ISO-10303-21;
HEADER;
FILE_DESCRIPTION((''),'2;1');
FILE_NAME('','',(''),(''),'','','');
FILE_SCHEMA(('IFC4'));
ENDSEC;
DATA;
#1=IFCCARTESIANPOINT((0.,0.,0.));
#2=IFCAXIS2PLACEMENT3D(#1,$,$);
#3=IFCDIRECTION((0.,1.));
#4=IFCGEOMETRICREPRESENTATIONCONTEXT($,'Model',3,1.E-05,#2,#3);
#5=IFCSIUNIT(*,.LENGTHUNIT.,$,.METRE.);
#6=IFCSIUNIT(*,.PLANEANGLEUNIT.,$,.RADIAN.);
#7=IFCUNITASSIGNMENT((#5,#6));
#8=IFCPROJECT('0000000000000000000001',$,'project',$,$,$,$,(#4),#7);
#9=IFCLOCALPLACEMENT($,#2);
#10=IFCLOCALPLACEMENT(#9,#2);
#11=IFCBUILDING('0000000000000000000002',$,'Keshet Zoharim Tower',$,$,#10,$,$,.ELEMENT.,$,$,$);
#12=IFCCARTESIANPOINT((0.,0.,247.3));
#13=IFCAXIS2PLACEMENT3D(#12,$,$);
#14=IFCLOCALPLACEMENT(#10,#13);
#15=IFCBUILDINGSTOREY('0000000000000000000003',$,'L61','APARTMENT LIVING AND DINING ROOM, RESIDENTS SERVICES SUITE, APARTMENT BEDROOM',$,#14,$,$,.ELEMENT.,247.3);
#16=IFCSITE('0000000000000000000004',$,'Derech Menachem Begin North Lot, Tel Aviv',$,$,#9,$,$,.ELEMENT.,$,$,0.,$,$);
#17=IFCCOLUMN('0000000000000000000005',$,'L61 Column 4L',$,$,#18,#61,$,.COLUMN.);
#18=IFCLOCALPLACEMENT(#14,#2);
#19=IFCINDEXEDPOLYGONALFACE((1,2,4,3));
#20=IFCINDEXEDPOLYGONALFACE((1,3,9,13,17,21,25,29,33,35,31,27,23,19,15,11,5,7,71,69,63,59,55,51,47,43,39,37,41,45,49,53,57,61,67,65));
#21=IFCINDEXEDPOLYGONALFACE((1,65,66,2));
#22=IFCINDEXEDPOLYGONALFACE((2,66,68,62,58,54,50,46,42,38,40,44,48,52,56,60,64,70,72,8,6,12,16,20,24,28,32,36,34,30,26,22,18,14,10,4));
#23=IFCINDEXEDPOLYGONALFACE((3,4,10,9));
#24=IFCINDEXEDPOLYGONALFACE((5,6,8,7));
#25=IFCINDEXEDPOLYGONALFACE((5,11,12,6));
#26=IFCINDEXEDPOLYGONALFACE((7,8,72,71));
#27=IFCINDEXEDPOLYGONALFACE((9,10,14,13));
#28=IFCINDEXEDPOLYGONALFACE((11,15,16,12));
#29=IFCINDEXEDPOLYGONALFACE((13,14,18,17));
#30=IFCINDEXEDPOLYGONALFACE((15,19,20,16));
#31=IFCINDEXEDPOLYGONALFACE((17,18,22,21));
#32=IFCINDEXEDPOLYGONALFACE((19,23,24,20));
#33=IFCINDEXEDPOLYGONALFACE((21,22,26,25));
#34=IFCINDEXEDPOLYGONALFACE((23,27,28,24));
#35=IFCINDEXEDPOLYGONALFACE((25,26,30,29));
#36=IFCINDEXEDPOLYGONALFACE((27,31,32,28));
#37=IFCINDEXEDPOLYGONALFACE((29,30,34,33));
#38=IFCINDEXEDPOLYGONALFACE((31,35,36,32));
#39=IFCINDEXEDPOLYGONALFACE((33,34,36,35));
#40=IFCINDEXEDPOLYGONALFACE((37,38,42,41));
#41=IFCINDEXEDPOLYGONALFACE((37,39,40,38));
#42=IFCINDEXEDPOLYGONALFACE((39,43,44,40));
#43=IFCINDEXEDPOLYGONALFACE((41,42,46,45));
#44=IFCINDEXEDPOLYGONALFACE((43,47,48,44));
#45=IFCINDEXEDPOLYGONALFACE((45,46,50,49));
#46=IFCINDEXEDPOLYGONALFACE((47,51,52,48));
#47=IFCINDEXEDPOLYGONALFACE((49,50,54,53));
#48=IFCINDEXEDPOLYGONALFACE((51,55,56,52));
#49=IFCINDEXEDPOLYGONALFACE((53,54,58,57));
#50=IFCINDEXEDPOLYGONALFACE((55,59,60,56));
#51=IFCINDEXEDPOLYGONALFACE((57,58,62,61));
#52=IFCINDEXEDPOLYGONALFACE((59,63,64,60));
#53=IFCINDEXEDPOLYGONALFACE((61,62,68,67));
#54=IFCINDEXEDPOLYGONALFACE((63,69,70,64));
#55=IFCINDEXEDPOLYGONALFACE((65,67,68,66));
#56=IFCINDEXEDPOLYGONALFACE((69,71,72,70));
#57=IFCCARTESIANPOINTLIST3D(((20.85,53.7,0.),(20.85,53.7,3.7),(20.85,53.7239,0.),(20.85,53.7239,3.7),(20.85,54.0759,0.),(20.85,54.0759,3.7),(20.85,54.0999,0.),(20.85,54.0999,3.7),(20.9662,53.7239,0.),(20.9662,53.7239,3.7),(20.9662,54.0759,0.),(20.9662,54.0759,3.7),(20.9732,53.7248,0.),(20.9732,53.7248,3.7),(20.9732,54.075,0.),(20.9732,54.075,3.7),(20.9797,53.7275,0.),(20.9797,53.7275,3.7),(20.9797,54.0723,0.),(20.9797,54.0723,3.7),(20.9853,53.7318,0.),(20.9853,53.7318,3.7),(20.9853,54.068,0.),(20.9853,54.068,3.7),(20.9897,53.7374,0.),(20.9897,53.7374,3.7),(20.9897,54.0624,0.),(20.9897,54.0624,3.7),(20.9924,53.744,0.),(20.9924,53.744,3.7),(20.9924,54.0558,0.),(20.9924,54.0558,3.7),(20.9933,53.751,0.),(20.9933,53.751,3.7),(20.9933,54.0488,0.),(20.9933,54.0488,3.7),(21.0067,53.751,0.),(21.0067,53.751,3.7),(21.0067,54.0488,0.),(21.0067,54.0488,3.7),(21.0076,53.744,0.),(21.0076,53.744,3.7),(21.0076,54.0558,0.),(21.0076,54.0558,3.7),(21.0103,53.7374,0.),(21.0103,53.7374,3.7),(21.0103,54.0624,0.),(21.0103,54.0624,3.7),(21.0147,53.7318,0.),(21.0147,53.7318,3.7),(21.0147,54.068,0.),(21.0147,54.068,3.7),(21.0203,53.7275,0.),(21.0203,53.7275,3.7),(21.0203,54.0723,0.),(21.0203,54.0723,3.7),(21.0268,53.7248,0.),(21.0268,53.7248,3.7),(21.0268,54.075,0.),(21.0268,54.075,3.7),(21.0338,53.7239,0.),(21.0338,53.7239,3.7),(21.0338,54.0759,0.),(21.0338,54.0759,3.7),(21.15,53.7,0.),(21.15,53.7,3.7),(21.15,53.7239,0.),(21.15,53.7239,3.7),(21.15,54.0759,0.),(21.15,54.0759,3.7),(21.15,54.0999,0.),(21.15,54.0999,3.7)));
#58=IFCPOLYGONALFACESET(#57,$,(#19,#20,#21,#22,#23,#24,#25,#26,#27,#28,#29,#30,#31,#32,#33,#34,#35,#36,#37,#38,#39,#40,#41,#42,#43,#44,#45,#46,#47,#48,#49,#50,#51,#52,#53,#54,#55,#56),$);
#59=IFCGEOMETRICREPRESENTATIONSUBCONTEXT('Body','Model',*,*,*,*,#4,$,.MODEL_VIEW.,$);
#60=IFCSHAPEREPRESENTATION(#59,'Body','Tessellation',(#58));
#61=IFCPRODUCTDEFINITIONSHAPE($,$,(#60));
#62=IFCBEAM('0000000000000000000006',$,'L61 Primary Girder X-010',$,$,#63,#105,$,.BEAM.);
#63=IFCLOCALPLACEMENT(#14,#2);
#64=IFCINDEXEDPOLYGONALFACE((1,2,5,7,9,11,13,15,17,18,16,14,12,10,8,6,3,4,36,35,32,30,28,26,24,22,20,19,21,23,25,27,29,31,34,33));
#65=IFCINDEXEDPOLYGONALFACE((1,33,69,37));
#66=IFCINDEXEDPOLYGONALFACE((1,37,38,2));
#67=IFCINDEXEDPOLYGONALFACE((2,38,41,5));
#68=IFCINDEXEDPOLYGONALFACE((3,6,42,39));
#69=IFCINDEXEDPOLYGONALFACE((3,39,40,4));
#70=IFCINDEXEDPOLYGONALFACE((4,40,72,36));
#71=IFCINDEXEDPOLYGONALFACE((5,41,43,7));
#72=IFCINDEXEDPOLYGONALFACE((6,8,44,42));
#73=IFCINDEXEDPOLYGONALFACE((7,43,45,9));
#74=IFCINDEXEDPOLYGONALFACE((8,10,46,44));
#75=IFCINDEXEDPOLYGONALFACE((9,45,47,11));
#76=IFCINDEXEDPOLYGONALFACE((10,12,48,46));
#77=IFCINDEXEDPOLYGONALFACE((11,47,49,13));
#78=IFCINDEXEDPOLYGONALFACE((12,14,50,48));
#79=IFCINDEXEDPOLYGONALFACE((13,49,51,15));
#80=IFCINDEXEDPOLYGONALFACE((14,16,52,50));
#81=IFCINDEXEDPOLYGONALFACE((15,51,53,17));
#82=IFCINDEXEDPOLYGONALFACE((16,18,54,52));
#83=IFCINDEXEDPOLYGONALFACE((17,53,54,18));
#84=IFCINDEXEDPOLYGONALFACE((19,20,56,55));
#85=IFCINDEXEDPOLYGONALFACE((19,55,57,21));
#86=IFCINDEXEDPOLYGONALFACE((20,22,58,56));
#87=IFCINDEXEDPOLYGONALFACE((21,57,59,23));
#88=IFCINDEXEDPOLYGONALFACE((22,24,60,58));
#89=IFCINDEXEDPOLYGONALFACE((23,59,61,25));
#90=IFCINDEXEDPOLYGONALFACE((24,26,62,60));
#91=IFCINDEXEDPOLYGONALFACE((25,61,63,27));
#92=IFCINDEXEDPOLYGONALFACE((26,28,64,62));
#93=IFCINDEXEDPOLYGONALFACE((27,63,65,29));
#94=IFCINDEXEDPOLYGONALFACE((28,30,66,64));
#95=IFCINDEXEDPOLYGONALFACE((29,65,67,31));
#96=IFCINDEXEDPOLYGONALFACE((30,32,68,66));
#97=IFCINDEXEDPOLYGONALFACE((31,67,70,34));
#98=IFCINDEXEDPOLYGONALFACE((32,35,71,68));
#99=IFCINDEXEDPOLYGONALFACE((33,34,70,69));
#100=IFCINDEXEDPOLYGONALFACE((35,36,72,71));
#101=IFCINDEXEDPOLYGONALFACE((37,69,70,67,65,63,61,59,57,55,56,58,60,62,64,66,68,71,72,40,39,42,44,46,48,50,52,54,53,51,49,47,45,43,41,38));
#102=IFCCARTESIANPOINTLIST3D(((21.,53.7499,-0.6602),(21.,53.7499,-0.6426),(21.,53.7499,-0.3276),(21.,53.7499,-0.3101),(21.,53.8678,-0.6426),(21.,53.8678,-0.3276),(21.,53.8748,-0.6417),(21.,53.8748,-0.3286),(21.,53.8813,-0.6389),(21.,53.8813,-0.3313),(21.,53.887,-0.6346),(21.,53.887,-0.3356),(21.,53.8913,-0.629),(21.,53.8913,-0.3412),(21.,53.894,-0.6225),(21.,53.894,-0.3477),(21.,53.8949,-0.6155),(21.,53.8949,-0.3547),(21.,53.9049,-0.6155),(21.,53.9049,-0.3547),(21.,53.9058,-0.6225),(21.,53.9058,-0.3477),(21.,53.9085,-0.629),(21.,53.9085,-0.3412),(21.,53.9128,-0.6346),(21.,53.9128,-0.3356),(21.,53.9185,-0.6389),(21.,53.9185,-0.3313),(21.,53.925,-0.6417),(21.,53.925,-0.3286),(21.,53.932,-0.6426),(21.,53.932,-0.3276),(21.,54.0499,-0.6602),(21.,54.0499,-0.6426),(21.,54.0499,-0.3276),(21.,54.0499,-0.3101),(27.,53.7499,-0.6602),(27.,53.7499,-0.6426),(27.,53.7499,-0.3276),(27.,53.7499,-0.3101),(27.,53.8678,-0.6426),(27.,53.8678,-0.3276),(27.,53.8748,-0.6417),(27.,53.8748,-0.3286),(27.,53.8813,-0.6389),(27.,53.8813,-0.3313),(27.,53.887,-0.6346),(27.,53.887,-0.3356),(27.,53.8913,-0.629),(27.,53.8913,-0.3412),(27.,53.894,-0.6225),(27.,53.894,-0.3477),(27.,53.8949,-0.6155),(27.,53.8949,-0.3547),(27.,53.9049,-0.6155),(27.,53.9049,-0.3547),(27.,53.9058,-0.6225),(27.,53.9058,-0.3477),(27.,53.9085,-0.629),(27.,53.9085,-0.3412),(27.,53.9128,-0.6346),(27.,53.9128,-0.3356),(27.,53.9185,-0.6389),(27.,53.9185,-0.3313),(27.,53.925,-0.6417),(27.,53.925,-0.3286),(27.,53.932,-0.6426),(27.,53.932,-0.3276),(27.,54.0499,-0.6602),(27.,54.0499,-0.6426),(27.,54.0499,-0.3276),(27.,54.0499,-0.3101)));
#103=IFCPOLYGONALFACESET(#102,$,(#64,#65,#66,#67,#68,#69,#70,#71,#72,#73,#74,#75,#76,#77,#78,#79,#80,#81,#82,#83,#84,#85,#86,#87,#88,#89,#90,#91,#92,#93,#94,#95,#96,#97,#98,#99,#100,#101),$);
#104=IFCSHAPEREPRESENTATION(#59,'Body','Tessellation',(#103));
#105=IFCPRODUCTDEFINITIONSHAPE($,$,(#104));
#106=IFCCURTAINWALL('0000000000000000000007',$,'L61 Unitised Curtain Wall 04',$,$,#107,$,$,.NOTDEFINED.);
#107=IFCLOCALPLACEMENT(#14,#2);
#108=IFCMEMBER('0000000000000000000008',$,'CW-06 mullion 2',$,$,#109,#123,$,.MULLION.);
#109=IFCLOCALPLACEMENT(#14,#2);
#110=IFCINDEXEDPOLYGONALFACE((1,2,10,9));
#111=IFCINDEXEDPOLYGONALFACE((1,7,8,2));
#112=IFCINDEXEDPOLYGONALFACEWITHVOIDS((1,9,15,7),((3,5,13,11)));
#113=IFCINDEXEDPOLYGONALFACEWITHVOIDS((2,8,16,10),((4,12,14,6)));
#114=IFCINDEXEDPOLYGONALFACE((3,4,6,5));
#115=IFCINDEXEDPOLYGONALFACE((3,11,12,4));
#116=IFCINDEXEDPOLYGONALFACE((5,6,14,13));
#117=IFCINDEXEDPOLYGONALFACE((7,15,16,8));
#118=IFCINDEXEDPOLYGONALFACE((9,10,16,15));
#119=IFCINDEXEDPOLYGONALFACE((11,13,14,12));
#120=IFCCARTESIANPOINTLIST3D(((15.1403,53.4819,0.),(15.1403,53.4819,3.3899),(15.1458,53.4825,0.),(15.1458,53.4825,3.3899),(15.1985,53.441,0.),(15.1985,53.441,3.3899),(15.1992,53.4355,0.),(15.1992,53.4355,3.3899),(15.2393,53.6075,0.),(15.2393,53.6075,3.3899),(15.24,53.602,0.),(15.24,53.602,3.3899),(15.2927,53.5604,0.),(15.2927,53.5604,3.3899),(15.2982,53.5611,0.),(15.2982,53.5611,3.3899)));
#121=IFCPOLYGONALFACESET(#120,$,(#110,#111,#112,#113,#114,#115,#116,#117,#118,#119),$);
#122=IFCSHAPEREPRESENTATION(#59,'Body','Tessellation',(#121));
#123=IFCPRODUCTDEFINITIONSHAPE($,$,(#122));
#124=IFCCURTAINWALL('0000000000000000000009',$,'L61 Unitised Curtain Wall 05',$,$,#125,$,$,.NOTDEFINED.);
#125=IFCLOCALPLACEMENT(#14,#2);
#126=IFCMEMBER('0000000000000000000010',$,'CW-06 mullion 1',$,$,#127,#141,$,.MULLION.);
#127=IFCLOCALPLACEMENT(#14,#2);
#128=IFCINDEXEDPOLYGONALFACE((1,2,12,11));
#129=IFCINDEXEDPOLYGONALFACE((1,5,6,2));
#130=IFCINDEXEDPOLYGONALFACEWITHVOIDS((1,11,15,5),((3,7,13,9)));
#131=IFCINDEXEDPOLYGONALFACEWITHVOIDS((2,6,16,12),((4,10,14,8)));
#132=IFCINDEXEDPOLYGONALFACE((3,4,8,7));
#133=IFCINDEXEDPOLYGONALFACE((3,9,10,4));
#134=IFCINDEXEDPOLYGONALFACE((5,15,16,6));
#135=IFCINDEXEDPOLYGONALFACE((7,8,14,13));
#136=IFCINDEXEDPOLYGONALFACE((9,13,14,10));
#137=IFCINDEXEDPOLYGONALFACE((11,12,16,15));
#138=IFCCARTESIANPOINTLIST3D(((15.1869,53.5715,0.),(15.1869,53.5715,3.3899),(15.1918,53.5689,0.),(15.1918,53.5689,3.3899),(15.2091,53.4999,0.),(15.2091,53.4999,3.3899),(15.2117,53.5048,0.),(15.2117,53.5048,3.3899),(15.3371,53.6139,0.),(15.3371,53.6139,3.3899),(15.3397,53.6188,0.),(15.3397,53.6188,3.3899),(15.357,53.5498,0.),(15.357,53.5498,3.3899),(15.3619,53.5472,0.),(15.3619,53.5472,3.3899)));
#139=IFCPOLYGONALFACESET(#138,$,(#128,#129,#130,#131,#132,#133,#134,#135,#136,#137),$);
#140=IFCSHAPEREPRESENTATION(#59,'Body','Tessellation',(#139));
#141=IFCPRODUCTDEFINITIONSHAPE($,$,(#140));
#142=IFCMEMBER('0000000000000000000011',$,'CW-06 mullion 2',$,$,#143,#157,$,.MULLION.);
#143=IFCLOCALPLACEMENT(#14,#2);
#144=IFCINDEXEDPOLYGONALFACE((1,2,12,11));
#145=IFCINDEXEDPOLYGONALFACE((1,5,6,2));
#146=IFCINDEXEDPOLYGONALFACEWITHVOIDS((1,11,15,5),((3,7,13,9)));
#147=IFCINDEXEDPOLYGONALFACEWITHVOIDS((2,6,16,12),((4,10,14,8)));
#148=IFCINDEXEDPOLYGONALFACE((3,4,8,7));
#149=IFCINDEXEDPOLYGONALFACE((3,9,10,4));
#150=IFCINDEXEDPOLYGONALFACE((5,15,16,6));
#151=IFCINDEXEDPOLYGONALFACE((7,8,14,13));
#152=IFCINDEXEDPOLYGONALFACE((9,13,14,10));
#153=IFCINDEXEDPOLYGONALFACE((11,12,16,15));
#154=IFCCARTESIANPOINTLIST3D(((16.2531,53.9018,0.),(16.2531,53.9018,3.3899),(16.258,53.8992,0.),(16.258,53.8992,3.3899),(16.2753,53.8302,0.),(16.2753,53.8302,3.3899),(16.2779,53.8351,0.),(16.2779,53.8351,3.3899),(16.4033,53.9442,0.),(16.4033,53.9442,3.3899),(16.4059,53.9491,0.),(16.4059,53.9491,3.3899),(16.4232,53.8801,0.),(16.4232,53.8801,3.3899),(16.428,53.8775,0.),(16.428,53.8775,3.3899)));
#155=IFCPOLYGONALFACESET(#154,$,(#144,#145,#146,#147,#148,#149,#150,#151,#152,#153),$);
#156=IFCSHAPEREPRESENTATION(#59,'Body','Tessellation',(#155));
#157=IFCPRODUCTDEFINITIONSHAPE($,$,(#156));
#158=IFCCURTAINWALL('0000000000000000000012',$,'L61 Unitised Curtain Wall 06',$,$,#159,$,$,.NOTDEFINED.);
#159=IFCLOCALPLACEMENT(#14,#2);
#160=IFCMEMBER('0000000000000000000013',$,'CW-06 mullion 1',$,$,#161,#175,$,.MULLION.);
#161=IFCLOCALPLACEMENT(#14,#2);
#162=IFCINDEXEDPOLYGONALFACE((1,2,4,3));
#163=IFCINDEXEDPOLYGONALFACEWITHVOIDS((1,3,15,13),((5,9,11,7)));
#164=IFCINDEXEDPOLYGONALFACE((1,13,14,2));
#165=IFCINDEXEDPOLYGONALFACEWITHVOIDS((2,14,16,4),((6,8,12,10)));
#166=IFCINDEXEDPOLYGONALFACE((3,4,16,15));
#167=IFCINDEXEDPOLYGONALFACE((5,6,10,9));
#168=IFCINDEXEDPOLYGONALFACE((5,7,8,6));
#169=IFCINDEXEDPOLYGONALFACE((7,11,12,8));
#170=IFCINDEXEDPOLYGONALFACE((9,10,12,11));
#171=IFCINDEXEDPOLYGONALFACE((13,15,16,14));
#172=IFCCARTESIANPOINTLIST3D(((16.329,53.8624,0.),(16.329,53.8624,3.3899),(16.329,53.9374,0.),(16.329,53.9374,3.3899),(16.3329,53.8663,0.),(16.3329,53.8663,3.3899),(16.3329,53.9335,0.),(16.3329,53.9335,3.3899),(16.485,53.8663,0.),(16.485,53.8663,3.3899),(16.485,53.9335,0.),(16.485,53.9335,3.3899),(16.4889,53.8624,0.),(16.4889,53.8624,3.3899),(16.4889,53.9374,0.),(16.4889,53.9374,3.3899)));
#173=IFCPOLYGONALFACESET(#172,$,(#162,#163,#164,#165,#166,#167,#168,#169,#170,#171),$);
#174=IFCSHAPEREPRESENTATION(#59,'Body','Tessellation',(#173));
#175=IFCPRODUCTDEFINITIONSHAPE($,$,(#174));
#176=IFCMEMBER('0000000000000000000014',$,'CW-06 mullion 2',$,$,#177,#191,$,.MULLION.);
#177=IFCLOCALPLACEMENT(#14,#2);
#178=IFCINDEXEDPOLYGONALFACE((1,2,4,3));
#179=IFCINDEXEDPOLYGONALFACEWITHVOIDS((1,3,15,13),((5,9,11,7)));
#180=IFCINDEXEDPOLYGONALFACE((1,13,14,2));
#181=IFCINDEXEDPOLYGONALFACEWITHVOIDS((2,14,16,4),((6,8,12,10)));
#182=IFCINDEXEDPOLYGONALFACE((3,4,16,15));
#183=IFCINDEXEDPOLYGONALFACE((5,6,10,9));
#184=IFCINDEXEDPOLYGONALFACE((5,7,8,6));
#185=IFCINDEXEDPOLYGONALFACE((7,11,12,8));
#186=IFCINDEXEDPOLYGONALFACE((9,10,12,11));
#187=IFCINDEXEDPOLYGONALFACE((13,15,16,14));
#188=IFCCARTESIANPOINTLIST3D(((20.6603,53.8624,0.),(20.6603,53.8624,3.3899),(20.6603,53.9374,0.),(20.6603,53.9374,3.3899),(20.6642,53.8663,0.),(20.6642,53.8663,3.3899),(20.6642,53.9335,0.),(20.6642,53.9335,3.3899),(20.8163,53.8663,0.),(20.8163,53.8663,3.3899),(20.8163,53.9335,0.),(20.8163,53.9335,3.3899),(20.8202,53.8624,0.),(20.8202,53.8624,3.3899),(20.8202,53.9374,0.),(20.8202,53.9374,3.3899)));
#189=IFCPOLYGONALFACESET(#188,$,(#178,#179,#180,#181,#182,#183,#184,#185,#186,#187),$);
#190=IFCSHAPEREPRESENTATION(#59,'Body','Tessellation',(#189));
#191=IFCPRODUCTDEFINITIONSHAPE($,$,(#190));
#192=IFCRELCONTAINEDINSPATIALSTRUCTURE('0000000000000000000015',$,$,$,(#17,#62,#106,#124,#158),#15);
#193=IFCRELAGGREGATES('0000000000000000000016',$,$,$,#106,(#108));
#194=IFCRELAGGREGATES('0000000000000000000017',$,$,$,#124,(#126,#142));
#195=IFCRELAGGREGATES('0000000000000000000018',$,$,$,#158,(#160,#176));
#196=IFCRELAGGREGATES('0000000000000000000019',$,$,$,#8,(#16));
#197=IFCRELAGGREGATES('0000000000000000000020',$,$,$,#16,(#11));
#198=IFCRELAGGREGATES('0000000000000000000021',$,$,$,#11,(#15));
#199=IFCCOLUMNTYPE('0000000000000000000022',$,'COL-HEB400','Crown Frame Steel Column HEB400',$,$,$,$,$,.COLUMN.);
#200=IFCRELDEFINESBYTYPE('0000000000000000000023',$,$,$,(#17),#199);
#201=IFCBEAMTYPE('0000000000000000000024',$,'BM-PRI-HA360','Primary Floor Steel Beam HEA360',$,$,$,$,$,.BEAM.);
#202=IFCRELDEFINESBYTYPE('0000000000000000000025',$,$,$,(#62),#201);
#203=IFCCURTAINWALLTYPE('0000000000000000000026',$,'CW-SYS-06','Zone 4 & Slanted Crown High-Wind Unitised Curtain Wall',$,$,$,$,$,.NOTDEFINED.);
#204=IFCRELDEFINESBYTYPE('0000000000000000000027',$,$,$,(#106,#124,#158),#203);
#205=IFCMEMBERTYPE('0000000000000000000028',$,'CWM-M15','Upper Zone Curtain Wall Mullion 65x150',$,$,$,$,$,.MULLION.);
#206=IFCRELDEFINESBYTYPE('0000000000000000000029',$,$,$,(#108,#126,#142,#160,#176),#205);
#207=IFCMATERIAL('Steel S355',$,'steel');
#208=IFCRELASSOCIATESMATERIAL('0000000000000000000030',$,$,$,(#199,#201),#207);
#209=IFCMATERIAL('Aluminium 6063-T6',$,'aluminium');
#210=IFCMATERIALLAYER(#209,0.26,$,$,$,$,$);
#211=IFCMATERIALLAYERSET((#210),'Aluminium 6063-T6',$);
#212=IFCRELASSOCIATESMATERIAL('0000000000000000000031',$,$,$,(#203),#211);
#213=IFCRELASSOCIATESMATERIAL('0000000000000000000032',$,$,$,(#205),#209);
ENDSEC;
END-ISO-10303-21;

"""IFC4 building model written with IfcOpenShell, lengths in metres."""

from ifc_helpers import new_model, si_unit, direction, frame, origin, origin_2d, place, context, subcontext, project, spatial, hollow_rectangle, i_section, extrude, material, layer, layer_set, material_profile, profile_set, type_object, element, aggregate, save


model = new_model("IFC4")

# Units and contexts
model_context = context("Model", 3, precision=1e-05, world=origin(), true_north=direction((0.0, 1.0)))
body_context = subcontext(model_context, "Body", "Model", "MODEL_VIEW")
ifc_project = project(units=[si_unit("LENGTHUNIT", "METRE"), si_unit("PLANEANGLEUNIT", "RADIAN")], contexts=[model_context])

# Site, building, storey
site_placement = place(None, origin())
site = spatial("IfcSite", under=ifc_project, at=site_placement, Name="Derech Menachem Begin North Lot, Tel Aviv", CompositionType="ELEMENT", RefElevation=0.0)
building_placement = place(site_placement, origin())
building = spatial("IfcBuilding", under=site, at=building_placement, Name="Keshet Zoharim Tower", CompositionType="ELEMENT")
storey_placement = place(building_placement, frame((0.0, 0.0, 247.3)))
storey = spatial("IfcBuildingStorey", under=building, at=storey_placement, Name="L61", Description="APARTMENT LIVING AND DINING ROOM, RESIDENTS SERVICES SUITE, APARTMENT BEDROOM", CompositionType="ELEMENT", Elevation=247.3)

# Column
ifc_material_1 = material(Name="Steel S355", Category="steel")
ifc_material_profile_1 = material_profile(ifc_material_1, i_section(OverallWidth=0.3, OverallDepth=0.3999, WebThickness=0.0134, FlangeThickness=0.0239, FilletRadius=0.0271, at=origin_2d()), Name="HEB400")
ifc_profile_set_1 = profile_set([ifc_material_profile_1], Name="Steel S355")
column_type = type_object("IfcColumnType", Name="COL-HEB400", Description="Crown Frame Steel Column HEB400", PredefinedType="COLUMN", material=ifc_profile_set_1)
column_placement = place(storey_placement, frame((21.0, 53.8999, 0.0), z_axis=(0.0, 0.0, 1.0), x_axis=(1.0, 0.0, 0.0)))
element("IfcColumn", 1, at=column_placement, inside=storey, type_object=column_type, Name="L61 Column 4L", PredefinedType="COLUMN", context=body_context, shape_type="SweptSolid", body=[
    extrude(i_section(OverallWidth=0.3, OverallDepth=0.3999, WebThickness=0.0134, FlangeThickness=0.0239, FilletRadius=0.0271, at=origin_2d()), origin(), (0.0, 0.0, 1.0), 3.7),
])

# Beam
ifc_material_profile_2 = material_profile(ifc_material_1, i_section(OverallWidth=0.3, OverallDepth=0.3501, WebThickness=0.01, FlangeThickness=0.0176, FilletRadius=0.0271, at=origin_2d()), Name="HEA360")
ifc_profile_set_2 = profile_set([ifc_material_profile_2], Name="Steel S355")
beam_type = type_object("IfcBeamType", Name="BM-PRI-HA360", Description="Primary Floor Steel Beam HEA360", PredefinedType="BEAM", material=ifc_profile_set_2)
beam_placement = place(storey_placement, frame((21.0, 53.8999, -0.4851), z_axis=(1.0, 0.0, 0.0), x_axis=(0.0, 1.0, 0.0)))
element("IfcBeam", 2, at=beam_placement, inside=storey, type_object=beam_type, Name="L61 Primary Girder X-010", PredefinedType="BEAM", context=body_context, shape_type="SweptSolid", body=[
    extrude(i_section(OverallWidth=0.3, OverallDepth=0.3501, WebThickness=0.01, FlangeThickness=0.0176, FilletRadius=0.0271, at=origin_2d()), origin(), (0.0, 0.0, 1.0), 6.0),
])

# Curtain wall, member
ifc_material_2 = material(Name="Aluminium 6063-T6", Category="aluminium")
ifc_layer_1 = layer(ifc_material_2, 0.26)
ifc_layer_set_1 = layer_set([ifc_layer_1], Name="Aluminium 6063-T6")
curtain_wall_type = type_object("IfcCurtainWallType", Name="CW-SYS-06", Description="Zone 4 & Slanted Crown High-Wind Unitised Curtain Wall", PredefinedType="NOTDEFINED", material=ifc_layer_set_1)
curtain_wall_1_placement = place(storey_placement, origin())
curtain_wall_1 = element("IfcCurtainWall", 3, at=curtain_wall_1_placement, inside=storey, type_object=curtain_wall_type, Name="L61 Unitised Curtain Wall 04", PredefinedType="NOTDEFINED")
ifc_material_profile_3 = material_profile(ifc_material_2, hollow_rectangle(XDim=0.075, YDim=0.1599, WallThickness=0.0039, at=origin_2d()), Name="MUL-75x160")
ifc_profile_set_3 = profile_set([ifc_material_profile_3], Name="Aluminium 6063-T6")
member_type_1 = type_object("IfcMemberType", Name="CWM-M15", Description="Upper Zone Curtain Wall Mullion 65x150", PredefinedType="MULLION", material=ifc_profile_set_3)
member_1_placement = place(storey_placement, frame((15.2192, 53.5215, 0.0), z_axis=(0.0, 0.0, 1.0), x_axis=(-0.785293, 0.619125, 0.0)))
member_1 = element("IfcMember", 4, at=member_1_placement, type_object=member_type_1, Name="CW-06 mullion 2", PredefinedType="MULLION", context=body_context, shape_type="SweptSolid", body=[
    extrude(hollow_rectangle(XDim=0.075, YDim=0.1599, WallThickness=0.0039, at=origin_2d()), origin(), (0.0, 0.0, 1.0), 3.3899),
])

# Curtain walls, members
curtain_wall_2_placement = place(storey_placement, origin())
curtain_wall_2 = element("IfcCurtainWall", 5, at=curtain_wall_2_placement, inside=storey, type_object=curtain_wall_type, Name="L61 Unitised Curtain Wall 05", PredefinedType="NOTDEFINED")
member_2_placement = place(storey_placement, frame((15.2744, 53.5593, 0.0), z_axis=(0.0, 0.0, 1.0), x_axis=(-0.295922, 0.955212, 0.0)))
member_2 = element("IfcMember", 6, at=member_2_placement, type_object=member_type_1, Name="CW-06 mullion 1", PredefinedType="MULLION", context=body_context, shape_type="SweptSolid", body=[
    extrude(hollow_rectangle(XDim=0.075, YDim=0.1599, WallThickness=0.0039, at=origin_2d()), origin(), (0.0, 0.0, 1.0), 3.3899),
])
member_3_placement = place(storey_placement, frame((16.3406, 53.8896, 0.0), z_axis=(0.0, 0.0, 1.0), x_axis=(-0.295922, 0.955212, 0.0)))
member_3 = element("IfcMember", 7, at=member_3_placement, type_object=member_type_1, Name="CW-06 mullion 2", PredefinedType="MULLION", context=body_context, shape_type="SweptSolid", body=[
    extrude(hollow_rectangle(XDim=0.075, YDim=0.1599, WallThickness=0.0039, at=origin_2d()), origin(), (0.0, 0.0, 1.0), 3.3899),
])
curtain_wall_3_placement = place(storey_placement, origin())
curtain_wall_3 = element("IfcCurtainWall", 8, at=curtain_wall_3_placement, inside=storey, type_object=curtain_wall_type, Name="L61 Unitised Curtain Wall 06", PredefinedType="NOTDEFINED")
member_4_placement = place(storey_placement, frame((16.4089, 53.8999, 0.0), z_axis=(0.0, 0.0, 1.0), x_axis=(0.0, 1.0, 0.0)))
member_4 = element("IfcMember", 9, at=member_4_placement, type_object=member_type_1, Name="CW-06 mullion 1", PredefinedType="MULLION", context=body_context, shape_type="SweptSolid", body=[
    extrude(hollow_rectangle(XDim=0.075, YDim=0.1599, WallThickness=0.0039, at=origin_2d()), origin(), (0.0, 0.0, 1.0), 3.3899),
])
member_5_placement = place(storey_placement, frame((20.7402, 53.8999, 0.0), z_axis=(0.0, 0.0, 1.0), x_axis=(0.0, 1.0, 0.0)))
member_5 = element("IfcMember", 10, at=member_5_placement, type_object=member_type_1, Name="CW-06 mullion 2", PredefinedType="MULLION", context=body_context, shape_type="SweptSolid", body=[
    extrude(hollow_rectangle(XDim=0.075, YDim=0.1599, WallThickness=0.0039, at=origin_2d()), origin(), (0.0, 0.0, 1.0), 3.3899),
])

aggregate(curtain_wall_1, [member_1])
aggregate(curtain_wall_2, [member_2, member_3])
aggregate(curtain_wall_3, [member_4, member_5])

save(model, "model.ifc")
